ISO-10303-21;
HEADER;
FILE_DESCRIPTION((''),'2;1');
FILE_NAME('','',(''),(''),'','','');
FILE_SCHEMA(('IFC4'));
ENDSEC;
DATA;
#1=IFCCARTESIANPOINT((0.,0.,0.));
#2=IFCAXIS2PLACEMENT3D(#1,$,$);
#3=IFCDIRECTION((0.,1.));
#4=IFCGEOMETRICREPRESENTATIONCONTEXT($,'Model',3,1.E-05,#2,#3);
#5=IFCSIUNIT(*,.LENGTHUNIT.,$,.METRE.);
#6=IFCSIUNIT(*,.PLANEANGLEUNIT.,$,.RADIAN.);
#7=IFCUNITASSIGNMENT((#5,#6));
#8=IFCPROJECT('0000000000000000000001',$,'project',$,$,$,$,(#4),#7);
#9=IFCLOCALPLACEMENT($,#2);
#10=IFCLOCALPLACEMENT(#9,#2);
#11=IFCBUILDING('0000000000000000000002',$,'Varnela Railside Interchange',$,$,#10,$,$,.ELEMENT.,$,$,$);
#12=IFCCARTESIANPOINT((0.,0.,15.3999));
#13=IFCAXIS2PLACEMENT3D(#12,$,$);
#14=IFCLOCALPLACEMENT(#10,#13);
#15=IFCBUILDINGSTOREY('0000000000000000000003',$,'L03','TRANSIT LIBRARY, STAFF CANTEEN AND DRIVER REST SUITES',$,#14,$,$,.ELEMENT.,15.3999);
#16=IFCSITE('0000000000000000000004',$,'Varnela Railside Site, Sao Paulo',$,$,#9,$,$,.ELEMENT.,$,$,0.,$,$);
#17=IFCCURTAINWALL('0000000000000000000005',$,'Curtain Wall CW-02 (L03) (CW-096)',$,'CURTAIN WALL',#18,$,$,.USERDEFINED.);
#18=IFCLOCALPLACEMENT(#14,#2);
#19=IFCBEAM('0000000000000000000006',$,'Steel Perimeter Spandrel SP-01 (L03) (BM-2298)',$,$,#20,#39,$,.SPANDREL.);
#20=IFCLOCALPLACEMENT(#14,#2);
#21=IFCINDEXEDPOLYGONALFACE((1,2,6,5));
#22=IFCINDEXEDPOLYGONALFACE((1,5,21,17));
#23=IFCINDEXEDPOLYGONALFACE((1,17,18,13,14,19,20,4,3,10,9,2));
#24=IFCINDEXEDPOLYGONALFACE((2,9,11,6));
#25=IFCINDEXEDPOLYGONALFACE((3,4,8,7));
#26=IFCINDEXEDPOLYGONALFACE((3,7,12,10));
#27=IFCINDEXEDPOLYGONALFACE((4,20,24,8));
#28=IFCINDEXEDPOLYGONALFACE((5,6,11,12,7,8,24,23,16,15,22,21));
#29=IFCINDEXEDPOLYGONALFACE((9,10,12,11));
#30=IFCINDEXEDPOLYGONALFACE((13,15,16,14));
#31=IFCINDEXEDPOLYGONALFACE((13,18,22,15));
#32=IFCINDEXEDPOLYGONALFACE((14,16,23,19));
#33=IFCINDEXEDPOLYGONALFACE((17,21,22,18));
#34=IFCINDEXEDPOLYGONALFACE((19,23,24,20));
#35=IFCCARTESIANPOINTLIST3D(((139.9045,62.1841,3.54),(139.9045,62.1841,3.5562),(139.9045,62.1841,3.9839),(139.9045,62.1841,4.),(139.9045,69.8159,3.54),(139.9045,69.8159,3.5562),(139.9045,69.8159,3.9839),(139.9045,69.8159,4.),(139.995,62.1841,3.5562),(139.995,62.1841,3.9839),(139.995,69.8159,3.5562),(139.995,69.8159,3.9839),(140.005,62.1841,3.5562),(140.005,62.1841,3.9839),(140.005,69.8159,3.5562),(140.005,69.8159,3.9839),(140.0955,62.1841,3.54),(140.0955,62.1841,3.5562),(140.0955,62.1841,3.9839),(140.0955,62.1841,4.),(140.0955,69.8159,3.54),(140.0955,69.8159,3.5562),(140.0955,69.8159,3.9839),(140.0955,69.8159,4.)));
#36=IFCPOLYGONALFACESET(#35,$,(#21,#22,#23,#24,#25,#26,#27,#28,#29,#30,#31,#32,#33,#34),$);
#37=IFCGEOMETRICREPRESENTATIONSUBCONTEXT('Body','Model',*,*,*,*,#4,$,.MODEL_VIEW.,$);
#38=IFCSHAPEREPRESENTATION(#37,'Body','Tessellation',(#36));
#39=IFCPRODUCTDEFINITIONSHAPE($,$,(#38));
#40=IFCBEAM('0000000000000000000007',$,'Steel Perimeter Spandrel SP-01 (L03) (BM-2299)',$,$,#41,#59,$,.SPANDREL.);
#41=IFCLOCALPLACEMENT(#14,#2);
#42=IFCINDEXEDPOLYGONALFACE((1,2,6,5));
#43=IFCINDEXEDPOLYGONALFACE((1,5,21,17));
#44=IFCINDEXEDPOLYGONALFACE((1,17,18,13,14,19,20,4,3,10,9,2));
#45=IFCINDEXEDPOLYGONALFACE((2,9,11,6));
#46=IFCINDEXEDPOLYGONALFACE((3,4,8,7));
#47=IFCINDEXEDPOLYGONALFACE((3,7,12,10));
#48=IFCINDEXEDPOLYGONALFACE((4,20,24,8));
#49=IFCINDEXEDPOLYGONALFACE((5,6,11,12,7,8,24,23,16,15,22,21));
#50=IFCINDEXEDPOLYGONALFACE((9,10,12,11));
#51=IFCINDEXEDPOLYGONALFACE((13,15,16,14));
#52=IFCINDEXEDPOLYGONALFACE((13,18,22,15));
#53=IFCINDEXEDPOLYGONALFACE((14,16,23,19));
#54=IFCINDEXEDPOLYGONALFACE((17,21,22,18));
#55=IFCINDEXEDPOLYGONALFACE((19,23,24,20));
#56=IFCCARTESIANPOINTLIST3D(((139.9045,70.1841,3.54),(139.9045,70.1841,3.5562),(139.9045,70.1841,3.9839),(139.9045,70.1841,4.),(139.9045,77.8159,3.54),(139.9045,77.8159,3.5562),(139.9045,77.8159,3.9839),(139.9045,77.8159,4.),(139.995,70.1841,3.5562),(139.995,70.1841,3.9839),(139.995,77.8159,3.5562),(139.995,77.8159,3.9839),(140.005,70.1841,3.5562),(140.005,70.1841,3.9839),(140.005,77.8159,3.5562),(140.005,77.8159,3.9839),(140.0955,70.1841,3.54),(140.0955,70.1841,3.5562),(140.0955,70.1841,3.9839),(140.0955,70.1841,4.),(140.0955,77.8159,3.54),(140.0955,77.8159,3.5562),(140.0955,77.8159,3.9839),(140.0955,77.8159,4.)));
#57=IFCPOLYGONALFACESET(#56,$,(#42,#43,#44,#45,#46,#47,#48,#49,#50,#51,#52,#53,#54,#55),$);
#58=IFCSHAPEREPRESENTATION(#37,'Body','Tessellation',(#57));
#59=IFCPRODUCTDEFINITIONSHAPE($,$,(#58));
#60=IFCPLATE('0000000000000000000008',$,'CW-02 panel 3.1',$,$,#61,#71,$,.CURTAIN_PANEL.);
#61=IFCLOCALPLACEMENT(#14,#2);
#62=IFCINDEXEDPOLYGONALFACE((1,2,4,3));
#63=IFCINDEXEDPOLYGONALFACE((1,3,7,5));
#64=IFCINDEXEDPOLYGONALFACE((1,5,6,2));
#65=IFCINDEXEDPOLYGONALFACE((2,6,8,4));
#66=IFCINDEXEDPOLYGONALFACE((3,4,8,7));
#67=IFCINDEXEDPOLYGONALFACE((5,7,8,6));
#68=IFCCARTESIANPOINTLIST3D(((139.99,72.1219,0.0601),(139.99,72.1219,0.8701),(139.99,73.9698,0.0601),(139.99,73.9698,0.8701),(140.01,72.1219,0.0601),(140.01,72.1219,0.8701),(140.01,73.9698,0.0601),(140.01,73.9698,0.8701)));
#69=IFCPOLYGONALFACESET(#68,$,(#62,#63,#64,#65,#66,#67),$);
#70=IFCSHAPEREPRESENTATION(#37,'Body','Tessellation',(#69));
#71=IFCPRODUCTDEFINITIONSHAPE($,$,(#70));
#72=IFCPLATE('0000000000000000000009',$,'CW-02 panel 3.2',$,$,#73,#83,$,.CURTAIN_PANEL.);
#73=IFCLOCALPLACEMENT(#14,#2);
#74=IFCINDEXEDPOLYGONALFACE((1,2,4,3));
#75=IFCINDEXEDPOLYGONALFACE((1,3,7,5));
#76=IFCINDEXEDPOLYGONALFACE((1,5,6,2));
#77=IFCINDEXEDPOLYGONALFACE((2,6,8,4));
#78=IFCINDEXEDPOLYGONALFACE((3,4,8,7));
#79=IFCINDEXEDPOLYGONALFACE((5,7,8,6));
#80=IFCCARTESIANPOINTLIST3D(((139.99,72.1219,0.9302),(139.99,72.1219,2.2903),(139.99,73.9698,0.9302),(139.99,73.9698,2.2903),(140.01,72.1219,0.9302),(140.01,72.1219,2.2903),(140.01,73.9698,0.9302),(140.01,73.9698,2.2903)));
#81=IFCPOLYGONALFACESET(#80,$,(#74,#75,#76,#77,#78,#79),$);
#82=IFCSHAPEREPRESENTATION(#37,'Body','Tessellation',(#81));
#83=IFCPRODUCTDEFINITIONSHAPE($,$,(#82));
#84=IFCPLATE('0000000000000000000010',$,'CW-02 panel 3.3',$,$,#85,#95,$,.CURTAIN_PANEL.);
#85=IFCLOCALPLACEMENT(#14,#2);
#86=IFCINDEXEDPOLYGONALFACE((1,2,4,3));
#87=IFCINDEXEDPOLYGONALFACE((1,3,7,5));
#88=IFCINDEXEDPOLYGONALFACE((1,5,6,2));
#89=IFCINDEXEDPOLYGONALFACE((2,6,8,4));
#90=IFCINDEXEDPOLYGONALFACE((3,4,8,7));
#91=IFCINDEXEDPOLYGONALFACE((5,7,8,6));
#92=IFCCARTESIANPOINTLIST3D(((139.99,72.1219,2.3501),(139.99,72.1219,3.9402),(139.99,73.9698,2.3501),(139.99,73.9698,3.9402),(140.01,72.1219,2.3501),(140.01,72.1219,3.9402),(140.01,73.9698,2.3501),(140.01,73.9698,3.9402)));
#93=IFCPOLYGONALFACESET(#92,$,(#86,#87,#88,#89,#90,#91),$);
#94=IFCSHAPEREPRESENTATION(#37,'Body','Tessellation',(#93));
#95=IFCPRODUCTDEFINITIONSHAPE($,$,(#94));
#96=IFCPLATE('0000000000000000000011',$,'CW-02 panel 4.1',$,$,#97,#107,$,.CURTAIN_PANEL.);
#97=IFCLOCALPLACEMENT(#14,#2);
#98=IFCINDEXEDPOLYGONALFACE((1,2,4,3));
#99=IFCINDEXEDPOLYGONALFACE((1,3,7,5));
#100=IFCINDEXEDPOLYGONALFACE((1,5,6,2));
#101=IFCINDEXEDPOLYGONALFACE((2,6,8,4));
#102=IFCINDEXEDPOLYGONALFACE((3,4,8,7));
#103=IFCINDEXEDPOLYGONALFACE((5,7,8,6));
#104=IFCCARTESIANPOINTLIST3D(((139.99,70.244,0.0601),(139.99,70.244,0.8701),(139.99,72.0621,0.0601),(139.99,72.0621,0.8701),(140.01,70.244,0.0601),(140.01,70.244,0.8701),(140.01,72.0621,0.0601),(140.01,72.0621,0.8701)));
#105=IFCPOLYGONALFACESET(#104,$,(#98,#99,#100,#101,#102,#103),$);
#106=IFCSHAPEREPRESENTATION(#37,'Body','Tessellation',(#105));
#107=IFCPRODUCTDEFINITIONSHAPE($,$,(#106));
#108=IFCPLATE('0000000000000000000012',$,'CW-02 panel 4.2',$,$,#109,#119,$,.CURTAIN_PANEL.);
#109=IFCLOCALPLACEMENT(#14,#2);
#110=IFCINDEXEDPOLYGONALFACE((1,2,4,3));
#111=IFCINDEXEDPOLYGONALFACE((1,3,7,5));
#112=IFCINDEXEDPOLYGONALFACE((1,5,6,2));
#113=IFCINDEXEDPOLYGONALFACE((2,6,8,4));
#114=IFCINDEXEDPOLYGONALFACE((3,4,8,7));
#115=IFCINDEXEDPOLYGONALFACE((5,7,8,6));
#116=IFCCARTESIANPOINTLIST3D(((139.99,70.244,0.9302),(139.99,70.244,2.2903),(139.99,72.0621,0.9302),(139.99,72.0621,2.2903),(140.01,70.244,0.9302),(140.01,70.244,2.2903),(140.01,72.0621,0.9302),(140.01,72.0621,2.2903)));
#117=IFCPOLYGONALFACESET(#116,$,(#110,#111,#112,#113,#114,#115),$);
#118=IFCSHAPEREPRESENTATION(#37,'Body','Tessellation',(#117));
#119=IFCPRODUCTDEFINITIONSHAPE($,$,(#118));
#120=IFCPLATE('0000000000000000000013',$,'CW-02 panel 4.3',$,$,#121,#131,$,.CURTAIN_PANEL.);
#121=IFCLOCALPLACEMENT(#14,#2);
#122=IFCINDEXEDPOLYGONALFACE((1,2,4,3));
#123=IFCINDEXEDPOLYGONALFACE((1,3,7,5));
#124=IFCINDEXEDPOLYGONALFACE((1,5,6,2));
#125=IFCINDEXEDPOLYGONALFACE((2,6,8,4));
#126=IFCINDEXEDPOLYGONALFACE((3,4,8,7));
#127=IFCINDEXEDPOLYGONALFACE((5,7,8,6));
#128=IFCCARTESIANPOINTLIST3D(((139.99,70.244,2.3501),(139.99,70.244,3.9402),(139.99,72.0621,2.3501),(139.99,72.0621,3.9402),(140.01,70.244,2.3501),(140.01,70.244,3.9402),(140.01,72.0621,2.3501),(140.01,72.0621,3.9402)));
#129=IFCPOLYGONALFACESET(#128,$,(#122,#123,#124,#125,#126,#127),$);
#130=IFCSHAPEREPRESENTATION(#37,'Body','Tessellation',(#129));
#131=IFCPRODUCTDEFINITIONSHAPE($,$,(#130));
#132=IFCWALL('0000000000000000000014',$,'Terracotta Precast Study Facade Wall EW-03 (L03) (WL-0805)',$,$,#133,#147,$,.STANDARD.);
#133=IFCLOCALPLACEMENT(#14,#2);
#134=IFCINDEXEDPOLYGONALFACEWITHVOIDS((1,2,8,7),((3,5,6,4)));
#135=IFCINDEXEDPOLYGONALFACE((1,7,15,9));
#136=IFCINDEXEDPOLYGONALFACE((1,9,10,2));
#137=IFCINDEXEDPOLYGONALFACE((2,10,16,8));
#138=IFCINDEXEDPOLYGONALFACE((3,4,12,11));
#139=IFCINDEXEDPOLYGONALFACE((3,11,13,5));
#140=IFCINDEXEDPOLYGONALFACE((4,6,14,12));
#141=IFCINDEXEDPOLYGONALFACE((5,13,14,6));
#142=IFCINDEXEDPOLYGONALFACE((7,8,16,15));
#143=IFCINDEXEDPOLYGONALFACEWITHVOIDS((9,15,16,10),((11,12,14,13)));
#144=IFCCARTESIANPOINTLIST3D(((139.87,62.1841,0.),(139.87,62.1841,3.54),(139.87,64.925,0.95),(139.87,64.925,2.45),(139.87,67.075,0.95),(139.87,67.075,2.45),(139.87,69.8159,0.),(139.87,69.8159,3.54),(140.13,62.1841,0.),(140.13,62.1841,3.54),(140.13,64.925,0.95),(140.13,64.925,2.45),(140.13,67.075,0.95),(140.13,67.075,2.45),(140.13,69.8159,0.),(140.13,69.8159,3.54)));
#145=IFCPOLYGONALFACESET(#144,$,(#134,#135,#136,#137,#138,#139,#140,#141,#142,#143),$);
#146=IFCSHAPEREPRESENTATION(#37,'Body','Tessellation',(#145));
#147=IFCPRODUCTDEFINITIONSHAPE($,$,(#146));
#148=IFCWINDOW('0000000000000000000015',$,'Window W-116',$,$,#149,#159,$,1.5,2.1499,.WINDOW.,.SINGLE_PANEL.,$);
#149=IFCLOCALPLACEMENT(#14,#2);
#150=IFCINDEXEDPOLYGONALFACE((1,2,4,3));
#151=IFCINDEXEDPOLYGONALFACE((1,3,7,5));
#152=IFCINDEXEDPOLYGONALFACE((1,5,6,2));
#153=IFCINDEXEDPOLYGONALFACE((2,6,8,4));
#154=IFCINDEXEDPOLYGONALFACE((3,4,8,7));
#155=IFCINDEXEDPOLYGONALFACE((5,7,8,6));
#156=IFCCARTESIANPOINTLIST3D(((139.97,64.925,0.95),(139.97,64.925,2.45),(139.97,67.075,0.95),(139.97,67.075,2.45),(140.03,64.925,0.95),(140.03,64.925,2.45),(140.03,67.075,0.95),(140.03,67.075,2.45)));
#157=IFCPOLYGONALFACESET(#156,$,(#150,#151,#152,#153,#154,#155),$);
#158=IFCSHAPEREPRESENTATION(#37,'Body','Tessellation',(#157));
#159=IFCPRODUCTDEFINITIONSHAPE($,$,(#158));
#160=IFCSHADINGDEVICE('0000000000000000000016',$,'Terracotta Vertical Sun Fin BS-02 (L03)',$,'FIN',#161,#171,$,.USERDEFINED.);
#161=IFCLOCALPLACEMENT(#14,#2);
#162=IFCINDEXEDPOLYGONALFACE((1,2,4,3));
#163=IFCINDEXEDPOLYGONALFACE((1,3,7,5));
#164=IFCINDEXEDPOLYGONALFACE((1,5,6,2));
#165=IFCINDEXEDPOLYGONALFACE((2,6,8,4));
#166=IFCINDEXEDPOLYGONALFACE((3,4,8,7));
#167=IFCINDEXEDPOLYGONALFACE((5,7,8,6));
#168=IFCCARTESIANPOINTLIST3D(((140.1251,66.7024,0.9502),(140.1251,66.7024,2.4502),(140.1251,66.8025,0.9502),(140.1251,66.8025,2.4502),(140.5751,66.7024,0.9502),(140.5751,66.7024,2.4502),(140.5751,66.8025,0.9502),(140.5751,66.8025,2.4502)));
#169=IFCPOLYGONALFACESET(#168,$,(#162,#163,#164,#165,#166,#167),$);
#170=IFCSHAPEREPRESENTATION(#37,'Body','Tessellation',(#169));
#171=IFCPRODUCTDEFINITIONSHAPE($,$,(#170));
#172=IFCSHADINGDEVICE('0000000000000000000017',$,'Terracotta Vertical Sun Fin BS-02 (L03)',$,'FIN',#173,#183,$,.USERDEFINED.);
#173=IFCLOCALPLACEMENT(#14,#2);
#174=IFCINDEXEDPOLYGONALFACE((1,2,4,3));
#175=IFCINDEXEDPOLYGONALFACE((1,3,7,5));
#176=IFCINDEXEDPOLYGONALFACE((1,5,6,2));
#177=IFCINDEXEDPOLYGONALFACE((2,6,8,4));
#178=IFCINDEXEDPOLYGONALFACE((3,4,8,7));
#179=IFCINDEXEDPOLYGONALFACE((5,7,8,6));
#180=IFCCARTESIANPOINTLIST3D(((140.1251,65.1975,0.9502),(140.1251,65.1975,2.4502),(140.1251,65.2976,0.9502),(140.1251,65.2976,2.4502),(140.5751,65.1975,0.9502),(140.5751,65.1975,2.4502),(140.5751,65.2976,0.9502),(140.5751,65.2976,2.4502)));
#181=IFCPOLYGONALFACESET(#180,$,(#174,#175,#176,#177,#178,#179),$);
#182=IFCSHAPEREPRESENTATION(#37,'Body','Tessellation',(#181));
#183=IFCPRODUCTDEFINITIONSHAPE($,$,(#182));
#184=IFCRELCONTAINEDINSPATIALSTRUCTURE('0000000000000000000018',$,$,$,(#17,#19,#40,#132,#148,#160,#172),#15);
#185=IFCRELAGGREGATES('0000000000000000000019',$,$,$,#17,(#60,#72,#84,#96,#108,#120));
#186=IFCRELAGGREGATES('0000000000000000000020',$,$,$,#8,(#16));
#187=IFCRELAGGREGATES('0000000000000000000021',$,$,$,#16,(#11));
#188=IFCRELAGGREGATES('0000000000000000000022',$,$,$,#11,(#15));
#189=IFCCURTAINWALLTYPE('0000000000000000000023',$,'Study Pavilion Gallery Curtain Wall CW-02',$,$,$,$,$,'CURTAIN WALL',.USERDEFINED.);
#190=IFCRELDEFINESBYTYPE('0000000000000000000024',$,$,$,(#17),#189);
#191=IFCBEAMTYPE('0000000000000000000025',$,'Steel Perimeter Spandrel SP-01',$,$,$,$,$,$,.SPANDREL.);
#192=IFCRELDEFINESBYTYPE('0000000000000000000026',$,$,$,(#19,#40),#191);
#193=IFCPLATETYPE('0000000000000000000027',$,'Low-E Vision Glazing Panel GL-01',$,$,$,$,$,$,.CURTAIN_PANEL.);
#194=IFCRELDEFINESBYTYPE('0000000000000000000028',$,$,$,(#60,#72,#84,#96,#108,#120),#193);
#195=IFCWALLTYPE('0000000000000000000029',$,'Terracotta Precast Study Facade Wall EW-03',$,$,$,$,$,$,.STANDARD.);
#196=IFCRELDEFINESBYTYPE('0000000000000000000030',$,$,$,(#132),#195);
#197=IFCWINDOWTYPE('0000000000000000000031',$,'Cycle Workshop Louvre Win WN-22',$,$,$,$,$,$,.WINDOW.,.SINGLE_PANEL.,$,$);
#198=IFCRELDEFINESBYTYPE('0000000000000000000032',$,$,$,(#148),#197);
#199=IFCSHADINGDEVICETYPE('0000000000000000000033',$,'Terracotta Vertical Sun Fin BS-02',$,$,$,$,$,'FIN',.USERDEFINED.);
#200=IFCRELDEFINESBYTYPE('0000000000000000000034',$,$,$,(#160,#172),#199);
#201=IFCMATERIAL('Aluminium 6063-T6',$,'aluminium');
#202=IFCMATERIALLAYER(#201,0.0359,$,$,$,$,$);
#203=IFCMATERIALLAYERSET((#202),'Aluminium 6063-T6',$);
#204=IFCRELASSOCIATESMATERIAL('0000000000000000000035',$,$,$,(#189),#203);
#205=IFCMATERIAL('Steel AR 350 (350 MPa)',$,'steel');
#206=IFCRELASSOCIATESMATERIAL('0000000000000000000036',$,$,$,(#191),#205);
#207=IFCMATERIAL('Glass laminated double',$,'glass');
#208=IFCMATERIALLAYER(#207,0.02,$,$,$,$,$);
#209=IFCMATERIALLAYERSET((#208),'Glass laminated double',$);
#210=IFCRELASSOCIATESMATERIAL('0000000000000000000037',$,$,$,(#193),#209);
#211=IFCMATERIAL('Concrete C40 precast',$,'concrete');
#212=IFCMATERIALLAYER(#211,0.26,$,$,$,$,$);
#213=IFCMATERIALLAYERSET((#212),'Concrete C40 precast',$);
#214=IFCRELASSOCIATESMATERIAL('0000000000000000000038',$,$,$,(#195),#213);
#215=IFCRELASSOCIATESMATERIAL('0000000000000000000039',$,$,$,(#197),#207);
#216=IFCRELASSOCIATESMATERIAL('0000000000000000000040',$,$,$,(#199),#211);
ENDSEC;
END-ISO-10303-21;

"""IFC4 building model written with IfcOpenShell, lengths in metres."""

from ifc_helpers import new_model, si_unit, direction, frame, frame_2d, origin, origin_2d, place, context, subcontext, project, spatial, rectangle, i_section, extrude, material, layer, layer_set, material_profile, profile_set, type_object, element, fill, aggregate, save


model = new_model("IFC4")

# Units and contexts
model_context = context("Model", 3, precision=1e-05, world=origin(), true_north=direction((0.0, 1.0)))
body_context = subcontext(model_context, "Body", "Model", "MODEL_VIEW")
ifc_project = project(units=[si_unit("LENGTHUNIT", "METRE"), si_unit("PLANEANGLEUNIT", "RADIAN")], contexts=[model_context])

# Site, building, storey
site_placement = place(None, origin())
site = spatial("IfcSite", under=ifc_project, at=site_placement, Name="Varnela Railside Site, Sao Paulo", CompositionType="ELEMENT", RefElevation=0.0)
building_placement = place(site_placement, origin())
building = spatial("IfcBuilding", under=site, at=building_placement, Name="Varnela Railside Interchange", CompositionType="ELEMENT")
storey_placement = place(building_placement, frame((0.0, 0.0, 15.3999)))
storey = spatial("IfcBuildingStorey", under=building, at=storey_placement, Name="L03", Description="TRANSIT LIBRARY, STAFF CANTEEN AND DRIVER REST SUITES", CompositionType="ELEMENT", Elevation=15.3999)

# Shared definitions
ifc_material_1 = material(Name="Steel AR 350 (350 MPa)", Category="steel")

# Curtain wall
ifc_material_2 = material(Name="Aluminium 6063-T6", Category="aluminium")
ifc_layer_1 = layer(ifc_material_2, 0.0359)
ifc_layer_set_1 = layer_set([ifc_layer_1], Name="Aluminium 6063-T6")
curtain_wall_type = type_object("IfcCurtainWallType", Name="Study Pavilion Gallery Curtain Wall CW-02", ElementType="CURTAIN WALL", PredefinedType="USERDEFINED", material=ifc_layer_set_1)
curtain_wall_placement = place(storey_placement, origin())
curtain_wall = element("IfcCurtainWall", 1, at=curtain_wall_placement, inside=storey, type_object=curtain_wall_type, Name="Curtain Wall CW-02 (L03) (CW-096)", ObjectType="CURTAIN WALL", PredefinedType="USERDEFINED")

# Beams
ifc_material_profile_1 = material_profile(ifc_material_1, i_section(OverallWidth=0.1909, OverallDepth=0.46, WebThickness=0.01, FlangeThickness=0.0161, at=origin_2d()), Name="W460x82")
ifc_profile_set_1 = profile_set([ifc_material_profile_1], Name="Steel AR 350 (350 MPa)")
beam_type_1 = type_object("IfcBeamType", Name="Steel Perimeter Spandrel SP-01", PredefinedType="SPANDREL", material=ifc_profile_set_1)
for number, where, z_axis, x_axis, name in (
    (2, (140.0, 62.1841, 3.77), (0.0, 1.0, 0.0), (-1.0, 0.0, 0.0), "Steel Perimeter Spandrel SP-01 (L03) (BM-2298)"),
    (3, (140.0, 70.1841, 3.77), (0.0, 1.0, 0.0), (-1.0, 0.0, 0.0), "Steel Perimeter Spandrel SP-01 (L03) (BM-2299)"),
):
    element("IfcBeam", number, at=place(storey_placement, frame(where, z_axis=z_axis, x_axis=x_axis)), inside=storey, type_object=beam_type_1, Name=name, PredefinedType="SPANDREL", context=body_context, shape_type="SweptSolid", body=[
        extrude(i_section(OverallWidth=0.1909, OverallDepth=0.46, WebThickness=0.01, FlangeThickness=0.0161, at=origin_2d()), origin(), (0.0, 0.0, 1.0), 7.6318),
    ])

# Plates
ifc_material_3 = material(Name="Glass laminated double", Category="glass")
ifc_layer_2 = layer(ifc_material_3, 0.02)
ifc_layer_set_2 = layer_set([ifc_layer_2], Name="Glass laminated double")
plate_type = type_object("IfcPlateType", Name="Low-E Vision Glazing Panel GL-01", PredefinedType="CURTAIN_PANEL", material=ifc_layer_set_2)
plate_1_placement = place(storey_placement, frame((140.0, 73.0459, 0.0601), z_axis=(0.0, 0.0, 1.0), x_axis=(0.0, -1.0, 0.0)))
plate_1 = element("IfcPlate", 4, at=plate_1_placement, type_object=plate_type, Name="CW-02 panel 3.1", PredefinedType="CURTAIN_PANEL", context=body_context, shape_type="SweptSolid", body=[
    extrude(rectangle(XDim=1.8479, YDim=0.02, at=origin_2d()), origin(), (0.0, 0.0, 1.0), 0.8101),
])
plate_2_placement = place(storey_placement, frame((140.0, 73.0459, 0.9302), z_axis=(0.0, 0.0, 1.0), x_axis=(0.0, -1.0, 0.0)))
plate_2 = element("IfcPlate", 5, at=plate_2_placement, type_object=plate_type, Name="CW-02 panel 3.2", PredefinedType="CURTAIN_PANEL", context=body_context, shape_type="SweptSolid", body=[
    extrude(rectangle(XDim=1.8479, YDim=0.02, at=origin_2d()), origin(), (0.0, 0.0, 1.0), 1.3601),
])
plate_3_placement = place(storey_placement, frame((140.0, 73.0459, 2.3501), z_axis=(0.0, 0.0, 1.0), x_axis=(0.0, -1.0, 0.0)))
plate_3 = element("IfcPlate", 6, at=plate_3_placement, type_object=plate_type, Name="CW-02 panel 3.3", PredefinedType="CURTAIN_PANEL", context=body_context, shape_type="SweptSolid", body=[
    extrude(rectangle(XDim=1.8479, YDim=0.02, at=origin_2d()), origin(), (0.0, 0.0, 1.0), 1.5901),
])
plate_4_placement = place(storey_placement, frame((140.0, 71.1531, 0.0601), z_axis=(0.0, 0.0, 1.0), x_axis=(0.0, -1.0, 0.0)))
plate_4 = element("IfcPlate", 7, at=plate_4_placement, type_object=plate_type, Name="CW-02 panel 4.1", PredefinedType="CURTAIN_PANEL", context=body_context, shape_type="SweptSolid", body=[
    extrude(rectangle(XDim=1.8181, YDim=0.02, at=origin_2d()), origin(), (0.0, 0.0, 1.0), 0.8101),
])
plate_5_placement = place(storey_placement, frame((140.0, 71.1531, 0.9302), z_axis=(0.0, 0.0, 1.0), x_axis=(0.0, -1.0, 0.0)))
plate_5 = element("IfcPlate", 8, at=plate_5_placement, type_object=plate_type, Name="CW-02 panel 4.2", PredefinedType="CURTAIN_PANEL", context=body_context, shape_type="SweptSolid", body=[
    extrude(rectangle(XDim=1.8181, YDim=0.02, at=origin_2d()), origin(), (0.0, 0.0, 1.0), 1.3601),
])
plate_6_placement = place(storey_placement, frame((140.0, 71.1531, 2.3501), z_axis=(0.0, 0.0, 1.0), x_axis=(0.0, -1.0, 0.0)))
plate_6 = element("IfcPlate", 9, at=plate_6_placement, type_object=plate_type, Name="CW-02 panel 4.3", PredefinedType="CURTAIN_PANEL", context=body_context, shape_type="SweptSolid", body=[
    extrude(rectangle(XDim=1.8181, YDim=0.02, at=origin_2d()), origin(), (0.0, 0.0, 1.0), 1.5901),
])
aggregate(curtain_wall, [plate_1, plate_2, plate_3, plate_4, plate_5, plate_6])

# Wall, opening, window
ifc_material_4 = material(Name="Concrete C40 precast", Category="concrete")
ifc_layer_3 = layer(ifc_material_4, 0.26)
ifc_layer_set_3 = layer_set([ifc_layer_3], Name="Concrete C40 precast")
wall_type = type_object("IfcWallType", Name="Terracotta Precast Study Facade Wall EW-03", PredefinedType="STANDARD", material=ifc_layer_set_3)
wall_placement = place(storey_placement, frame((140.0, 69.8159, 0.0), z_axis=(0.0, 0.0, 1.0), x_axis=(0.0, -1.0, 0.0)))
wall = element("IfcWall", 10, at=wall_placement, inside=storey, type_object=wall_type, Name="Terracotta Precast Study Facade Wall EW-03 (L03) (WL-0805)", PredefinedType="STANDARD", context=body_context, shape_type="SweptSolid", body=[
    extrude(rectangle(XDim=7.6318, YDim=0.26, at=frame_2d((3.8159, 0.0))), origin(), (0.0, 0.0, 1.0), 3.54),
])
opening_placement = place(wall_placement, frame((2.741, 0.0, 0.95)))
opening = element("IfcOpeningElement", 11, at=opening_placement, cuts=wall, PredefinedType="OPENING", context=body_context, shape_type="SweptSolid", body=[
    extrude(rectangle(XDim=2.1499, YDim=1.5, at=frame_2d((1.075, 0.75))), frame((0.0, 0.1399, 0.0), z_axis=(0.0, -1.0, 0.0), x_axis=(1.0, 0.0, 0.0)), (0.0, 0.0, 1.0), 0.28),
])
window_type = type_object("IfcWindowType", Name="Cycle Workshop Louvre Win WN-22", PartitioningType="SINGLE_PANEL", PredefinedType="WINDOW", material=ifc_material_3)
window_placement = place(opening_placement, origin())
window = element("IfcWindow", 12, at=window_placement, inside=storey, type_object=window_type, Name="Window W-116", OverallHeight=1.5, OverallWidth=2.1499, PartitioningType="SINGLE_PANEL", PredefinedType="WINDOW", context=body_context, shape_type="SweptSolid", body=[
    extrude(rectangle(XDim=2.1499, YDim=1.5, at=frame_2d((1.075, 0.75))), frame((0.0, 0.03, 0.0), z_axis=(0.0, -1.0, 0.0), x_axis=(1.0, 0.0, 0.0)), (0.0, 0.0, 1.0), 0.0601),
])
fill(opening, window)

# Shading devices
shading_device_type = type_object("IfcShadingDeviceType", Name="Terracotta Vertical Sun Fin BS-02", ElementType="FIN", PredefinedType="USERDEFINED", material=ifc_material_4)
for number, where, z_axis, x_axis, name in (
    (13, (140.3501, 66.7524, 0.9502), (0.0, 0.0, 1.0), (1.0, 0.0, 0.0), "Terracotta Vertical Sun Fin BS-02 (L03)"),
    (14, (140.3501, 65.2476, 0.9502), (0.0, 0.0, 1.0), (1.0, 0.0, 0.0), "Terracotta Vertical Sun Fin BS-02 (L03)"),
):
    element("IfcShadingDevice", number, at=place(storey_placement, frame(where, z_axis=z_axis, x_axis=x_axis)), inside=storey, type_object=shading_device_type, Name=name, ObjectType="FIN", PredefinedType="USERDEFINED", context=body_context, shape_type="SweptSolid", body=[
        extrude(rectangle(XDim=0.45, YDim=0.1001, at=origin_2d()), origin(), (0.0, 0.0, 1.0), 1.5),
    ])

save(model, "model.ifc")
